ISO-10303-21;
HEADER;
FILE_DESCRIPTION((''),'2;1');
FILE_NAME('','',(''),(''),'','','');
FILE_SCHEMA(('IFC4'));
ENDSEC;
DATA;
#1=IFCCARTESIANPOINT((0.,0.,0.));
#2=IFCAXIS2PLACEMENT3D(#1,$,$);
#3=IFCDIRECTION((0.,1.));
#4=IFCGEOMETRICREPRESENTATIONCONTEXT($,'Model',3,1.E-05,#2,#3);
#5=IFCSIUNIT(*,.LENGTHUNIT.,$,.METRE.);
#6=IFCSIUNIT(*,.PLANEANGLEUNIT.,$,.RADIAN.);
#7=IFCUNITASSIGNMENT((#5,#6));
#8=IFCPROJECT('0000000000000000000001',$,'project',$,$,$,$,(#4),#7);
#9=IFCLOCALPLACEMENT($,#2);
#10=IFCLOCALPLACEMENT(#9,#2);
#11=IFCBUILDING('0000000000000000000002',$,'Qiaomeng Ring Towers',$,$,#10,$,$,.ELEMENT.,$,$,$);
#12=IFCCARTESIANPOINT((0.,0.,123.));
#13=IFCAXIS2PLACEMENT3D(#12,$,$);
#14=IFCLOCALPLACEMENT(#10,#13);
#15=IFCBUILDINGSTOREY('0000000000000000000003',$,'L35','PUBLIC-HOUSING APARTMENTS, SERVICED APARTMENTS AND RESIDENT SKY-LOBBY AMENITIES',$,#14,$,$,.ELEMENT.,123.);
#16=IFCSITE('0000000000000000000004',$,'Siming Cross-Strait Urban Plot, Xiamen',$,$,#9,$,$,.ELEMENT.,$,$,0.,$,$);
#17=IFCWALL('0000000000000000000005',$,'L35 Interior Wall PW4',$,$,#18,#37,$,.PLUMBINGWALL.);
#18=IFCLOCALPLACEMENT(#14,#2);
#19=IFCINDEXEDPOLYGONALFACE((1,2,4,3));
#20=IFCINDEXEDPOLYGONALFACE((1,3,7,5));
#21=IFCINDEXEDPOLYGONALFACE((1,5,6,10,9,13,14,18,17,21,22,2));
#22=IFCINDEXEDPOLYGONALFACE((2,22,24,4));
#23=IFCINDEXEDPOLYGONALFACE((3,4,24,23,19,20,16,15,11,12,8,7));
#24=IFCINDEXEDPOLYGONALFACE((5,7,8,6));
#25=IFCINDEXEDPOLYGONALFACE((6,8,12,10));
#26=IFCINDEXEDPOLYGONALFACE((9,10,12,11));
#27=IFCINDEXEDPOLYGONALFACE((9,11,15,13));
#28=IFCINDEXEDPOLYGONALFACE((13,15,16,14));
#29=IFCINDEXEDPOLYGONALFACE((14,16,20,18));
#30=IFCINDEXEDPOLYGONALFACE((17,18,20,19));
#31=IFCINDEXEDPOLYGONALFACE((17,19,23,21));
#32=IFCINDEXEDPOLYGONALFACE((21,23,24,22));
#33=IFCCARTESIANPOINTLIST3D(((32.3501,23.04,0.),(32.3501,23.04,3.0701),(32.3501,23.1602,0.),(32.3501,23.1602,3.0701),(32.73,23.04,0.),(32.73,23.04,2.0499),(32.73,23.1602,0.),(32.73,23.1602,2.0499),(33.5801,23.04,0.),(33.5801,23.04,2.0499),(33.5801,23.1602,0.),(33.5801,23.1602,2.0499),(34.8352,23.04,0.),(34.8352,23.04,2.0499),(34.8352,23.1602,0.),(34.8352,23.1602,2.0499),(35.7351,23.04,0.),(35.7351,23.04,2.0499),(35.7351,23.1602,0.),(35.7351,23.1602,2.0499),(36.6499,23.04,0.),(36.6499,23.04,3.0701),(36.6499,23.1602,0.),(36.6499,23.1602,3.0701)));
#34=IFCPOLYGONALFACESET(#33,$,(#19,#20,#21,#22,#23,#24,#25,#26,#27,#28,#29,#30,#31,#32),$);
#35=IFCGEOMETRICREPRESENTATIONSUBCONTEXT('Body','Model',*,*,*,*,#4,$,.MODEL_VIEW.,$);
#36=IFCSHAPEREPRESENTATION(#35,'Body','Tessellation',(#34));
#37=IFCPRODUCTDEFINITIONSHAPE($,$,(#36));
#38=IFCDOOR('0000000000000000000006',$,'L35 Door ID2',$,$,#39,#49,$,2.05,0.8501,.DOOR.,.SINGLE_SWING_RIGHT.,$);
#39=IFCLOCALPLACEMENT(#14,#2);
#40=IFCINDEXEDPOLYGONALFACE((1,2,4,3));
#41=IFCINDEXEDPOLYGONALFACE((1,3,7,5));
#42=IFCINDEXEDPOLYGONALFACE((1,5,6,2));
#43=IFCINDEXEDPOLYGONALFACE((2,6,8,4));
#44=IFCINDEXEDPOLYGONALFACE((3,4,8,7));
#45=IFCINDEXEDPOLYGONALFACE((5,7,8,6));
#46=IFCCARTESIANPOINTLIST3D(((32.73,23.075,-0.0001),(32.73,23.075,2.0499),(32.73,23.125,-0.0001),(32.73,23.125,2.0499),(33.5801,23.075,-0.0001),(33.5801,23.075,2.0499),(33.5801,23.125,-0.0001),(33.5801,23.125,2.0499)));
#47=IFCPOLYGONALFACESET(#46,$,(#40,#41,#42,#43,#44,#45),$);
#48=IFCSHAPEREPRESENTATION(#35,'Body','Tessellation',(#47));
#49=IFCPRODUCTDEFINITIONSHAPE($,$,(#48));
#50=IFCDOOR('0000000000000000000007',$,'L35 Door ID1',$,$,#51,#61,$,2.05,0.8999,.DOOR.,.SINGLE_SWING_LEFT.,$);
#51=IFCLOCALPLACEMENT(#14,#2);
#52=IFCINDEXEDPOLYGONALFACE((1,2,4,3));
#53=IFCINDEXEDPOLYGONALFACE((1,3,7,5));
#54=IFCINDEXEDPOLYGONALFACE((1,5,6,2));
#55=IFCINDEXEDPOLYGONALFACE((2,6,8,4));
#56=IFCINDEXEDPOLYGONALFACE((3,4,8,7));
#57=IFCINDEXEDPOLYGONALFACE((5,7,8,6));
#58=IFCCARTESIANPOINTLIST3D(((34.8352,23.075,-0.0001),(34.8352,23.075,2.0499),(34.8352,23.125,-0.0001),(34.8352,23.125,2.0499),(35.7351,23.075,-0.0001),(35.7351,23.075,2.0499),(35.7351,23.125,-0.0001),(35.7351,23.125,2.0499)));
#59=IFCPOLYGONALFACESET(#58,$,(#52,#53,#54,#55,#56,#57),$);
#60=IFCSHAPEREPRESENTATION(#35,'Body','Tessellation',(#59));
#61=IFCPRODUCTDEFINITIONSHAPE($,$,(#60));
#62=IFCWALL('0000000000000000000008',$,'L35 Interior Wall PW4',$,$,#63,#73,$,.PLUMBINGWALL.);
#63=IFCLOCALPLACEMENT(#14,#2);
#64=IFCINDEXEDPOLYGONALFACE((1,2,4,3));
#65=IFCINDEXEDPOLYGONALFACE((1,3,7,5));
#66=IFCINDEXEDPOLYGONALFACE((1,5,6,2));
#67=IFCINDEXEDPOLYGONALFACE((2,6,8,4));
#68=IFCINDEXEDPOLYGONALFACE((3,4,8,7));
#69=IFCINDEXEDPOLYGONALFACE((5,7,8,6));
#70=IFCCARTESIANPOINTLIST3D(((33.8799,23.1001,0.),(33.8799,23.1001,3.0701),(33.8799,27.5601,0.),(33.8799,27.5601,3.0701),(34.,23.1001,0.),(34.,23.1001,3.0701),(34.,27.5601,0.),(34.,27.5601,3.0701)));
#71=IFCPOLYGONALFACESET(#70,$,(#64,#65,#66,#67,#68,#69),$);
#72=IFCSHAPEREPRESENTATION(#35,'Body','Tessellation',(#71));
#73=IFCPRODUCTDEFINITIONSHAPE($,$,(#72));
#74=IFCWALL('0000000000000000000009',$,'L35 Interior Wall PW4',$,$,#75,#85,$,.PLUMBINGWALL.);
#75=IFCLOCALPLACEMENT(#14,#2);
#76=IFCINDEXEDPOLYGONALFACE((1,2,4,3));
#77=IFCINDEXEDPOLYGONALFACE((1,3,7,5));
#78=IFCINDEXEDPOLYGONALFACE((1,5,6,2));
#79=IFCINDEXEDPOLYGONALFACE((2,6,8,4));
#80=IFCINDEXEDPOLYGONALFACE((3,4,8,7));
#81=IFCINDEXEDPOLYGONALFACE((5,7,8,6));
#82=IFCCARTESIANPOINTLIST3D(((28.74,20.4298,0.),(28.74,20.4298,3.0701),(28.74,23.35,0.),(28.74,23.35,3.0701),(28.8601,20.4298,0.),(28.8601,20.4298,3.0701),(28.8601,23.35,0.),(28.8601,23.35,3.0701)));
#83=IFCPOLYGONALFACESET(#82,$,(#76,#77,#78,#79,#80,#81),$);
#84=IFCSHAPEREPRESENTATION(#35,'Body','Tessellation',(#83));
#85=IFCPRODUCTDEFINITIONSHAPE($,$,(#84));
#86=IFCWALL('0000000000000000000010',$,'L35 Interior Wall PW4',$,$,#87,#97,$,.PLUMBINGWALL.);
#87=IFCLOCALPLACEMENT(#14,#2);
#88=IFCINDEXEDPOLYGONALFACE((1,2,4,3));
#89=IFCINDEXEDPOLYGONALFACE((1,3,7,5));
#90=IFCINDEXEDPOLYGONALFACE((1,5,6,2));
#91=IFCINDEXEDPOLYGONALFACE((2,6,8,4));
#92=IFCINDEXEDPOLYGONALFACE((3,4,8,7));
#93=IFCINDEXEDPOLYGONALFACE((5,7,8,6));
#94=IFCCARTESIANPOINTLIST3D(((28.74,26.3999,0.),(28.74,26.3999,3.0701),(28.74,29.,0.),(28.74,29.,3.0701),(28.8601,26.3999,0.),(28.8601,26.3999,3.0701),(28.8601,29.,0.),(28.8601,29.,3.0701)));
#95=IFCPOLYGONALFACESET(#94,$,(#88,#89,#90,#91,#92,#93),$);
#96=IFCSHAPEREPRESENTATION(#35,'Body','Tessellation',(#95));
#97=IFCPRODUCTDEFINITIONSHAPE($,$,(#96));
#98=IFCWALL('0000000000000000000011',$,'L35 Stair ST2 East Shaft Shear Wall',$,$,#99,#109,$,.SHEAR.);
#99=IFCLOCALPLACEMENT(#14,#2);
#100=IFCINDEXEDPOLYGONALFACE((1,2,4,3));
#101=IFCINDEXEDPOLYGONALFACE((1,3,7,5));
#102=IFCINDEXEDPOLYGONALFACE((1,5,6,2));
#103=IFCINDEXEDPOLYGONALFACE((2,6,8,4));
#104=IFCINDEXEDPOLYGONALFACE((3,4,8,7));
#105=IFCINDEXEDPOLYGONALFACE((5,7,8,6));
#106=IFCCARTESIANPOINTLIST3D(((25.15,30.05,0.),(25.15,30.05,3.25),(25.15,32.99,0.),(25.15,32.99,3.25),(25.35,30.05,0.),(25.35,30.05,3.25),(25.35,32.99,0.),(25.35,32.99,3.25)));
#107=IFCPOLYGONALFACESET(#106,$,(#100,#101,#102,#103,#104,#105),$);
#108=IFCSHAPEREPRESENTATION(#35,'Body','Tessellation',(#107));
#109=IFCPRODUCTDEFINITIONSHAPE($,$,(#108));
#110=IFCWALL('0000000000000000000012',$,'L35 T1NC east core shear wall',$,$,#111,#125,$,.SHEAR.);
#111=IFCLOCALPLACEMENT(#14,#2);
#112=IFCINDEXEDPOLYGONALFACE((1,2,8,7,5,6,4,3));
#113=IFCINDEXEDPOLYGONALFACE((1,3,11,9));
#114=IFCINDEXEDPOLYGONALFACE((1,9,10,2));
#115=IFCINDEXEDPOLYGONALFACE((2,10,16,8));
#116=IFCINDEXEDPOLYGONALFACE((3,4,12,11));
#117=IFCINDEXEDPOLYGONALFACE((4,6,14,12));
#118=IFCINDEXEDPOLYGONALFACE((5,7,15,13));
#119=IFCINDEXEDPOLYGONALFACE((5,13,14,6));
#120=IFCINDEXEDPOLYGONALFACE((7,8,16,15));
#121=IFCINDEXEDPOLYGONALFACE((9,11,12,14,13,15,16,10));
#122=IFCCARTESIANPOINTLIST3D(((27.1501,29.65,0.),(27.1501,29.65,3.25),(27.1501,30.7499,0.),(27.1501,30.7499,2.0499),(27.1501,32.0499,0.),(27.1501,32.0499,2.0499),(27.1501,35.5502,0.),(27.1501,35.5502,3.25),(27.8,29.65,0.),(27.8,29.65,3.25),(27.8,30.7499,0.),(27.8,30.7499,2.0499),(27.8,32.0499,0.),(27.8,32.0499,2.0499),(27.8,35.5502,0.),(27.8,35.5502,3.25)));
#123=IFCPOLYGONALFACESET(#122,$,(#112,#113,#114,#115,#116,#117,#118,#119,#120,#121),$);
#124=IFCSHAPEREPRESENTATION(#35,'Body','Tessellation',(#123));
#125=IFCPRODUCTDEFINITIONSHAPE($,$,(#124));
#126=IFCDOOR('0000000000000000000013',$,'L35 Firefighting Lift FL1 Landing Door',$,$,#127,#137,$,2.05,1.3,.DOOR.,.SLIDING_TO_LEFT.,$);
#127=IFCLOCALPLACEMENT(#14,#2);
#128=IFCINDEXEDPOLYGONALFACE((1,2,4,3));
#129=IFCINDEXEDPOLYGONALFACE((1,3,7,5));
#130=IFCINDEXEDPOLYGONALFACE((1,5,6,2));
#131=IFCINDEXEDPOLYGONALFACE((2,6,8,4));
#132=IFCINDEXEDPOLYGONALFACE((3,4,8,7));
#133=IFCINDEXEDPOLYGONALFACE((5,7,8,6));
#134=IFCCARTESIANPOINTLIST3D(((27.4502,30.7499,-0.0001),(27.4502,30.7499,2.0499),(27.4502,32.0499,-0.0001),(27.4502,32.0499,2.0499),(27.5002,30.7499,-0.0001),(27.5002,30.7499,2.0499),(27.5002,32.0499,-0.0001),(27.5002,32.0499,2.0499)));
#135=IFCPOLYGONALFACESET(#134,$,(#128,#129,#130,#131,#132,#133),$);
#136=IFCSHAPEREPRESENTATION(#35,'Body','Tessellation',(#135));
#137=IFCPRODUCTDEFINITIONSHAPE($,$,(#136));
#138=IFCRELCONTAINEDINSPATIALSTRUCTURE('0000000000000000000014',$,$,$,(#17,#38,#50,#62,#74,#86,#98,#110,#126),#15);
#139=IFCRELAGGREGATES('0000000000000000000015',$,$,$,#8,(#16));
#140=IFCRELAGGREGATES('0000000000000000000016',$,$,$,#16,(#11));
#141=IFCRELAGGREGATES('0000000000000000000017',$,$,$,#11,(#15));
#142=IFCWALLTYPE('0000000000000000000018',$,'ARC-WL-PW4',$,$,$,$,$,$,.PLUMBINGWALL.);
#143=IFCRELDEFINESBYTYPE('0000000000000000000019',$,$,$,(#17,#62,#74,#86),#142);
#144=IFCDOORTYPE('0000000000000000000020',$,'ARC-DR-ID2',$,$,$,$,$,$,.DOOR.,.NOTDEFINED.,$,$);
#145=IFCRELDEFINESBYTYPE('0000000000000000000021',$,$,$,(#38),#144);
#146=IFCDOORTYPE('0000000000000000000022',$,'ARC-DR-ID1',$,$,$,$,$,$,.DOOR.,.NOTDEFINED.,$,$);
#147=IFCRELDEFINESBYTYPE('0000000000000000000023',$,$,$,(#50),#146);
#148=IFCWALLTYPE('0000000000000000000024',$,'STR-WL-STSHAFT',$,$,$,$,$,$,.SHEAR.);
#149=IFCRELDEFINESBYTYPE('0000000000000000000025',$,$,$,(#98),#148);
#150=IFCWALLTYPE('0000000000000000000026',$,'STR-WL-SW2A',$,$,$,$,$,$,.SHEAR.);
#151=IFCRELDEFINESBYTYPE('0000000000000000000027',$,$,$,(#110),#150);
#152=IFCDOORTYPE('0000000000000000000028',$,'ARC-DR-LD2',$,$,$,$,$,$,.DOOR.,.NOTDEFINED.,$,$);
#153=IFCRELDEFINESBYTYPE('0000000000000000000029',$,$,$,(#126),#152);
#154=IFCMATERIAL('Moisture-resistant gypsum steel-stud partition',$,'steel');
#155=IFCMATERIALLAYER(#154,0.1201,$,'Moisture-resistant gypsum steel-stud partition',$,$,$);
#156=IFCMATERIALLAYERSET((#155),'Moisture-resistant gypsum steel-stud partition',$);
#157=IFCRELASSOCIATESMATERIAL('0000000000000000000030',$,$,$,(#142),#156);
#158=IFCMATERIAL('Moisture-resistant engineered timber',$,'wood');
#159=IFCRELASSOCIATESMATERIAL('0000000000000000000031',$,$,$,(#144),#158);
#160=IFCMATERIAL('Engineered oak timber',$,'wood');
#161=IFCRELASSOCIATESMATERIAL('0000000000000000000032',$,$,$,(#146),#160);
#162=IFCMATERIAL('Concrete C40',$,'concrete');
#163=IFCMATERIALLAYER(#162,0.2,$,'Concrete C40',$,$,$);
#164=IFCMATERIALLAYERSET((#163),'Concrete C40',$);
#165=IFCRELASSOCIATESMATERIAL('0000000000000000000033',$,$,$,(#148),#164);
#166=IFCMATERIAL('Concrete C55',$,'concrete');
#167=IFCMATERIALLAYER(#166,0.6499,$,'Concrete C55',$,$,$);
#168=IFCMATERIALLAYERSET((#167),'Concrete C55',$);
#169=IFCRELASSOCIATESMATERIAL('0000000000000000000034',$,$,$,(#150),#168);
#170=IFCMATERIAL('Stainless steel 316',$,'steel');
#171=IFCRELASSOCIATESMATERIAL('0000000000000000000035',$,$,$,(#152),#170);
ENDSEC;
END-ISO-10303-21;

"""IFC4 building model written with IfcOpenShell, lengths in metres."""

from ifc_helpers import new_model, si_unit, direction, frame, frame_2d, origin, place, context, subcontext, project, spatial, rectangle, extrude, source, transform, mapped, material, layer, layer_set, type_object, element, fill, save


model = new_model("IFC4")

# Units and contexts
model_context = context("Model", 3, precision=1e-05, world=origin(), true_north=direction((0.0, 1.0)))
body_context = subcontext(model_context, "Body", "Model", "MODEL_VIEW")
ifc_project = project(units=[si_unit("LENGTHUNIT", "METRE"), si_unit("PLANEANGLEUNIT", "RADIAN")], contexts=[model_context])

# Site, building, storey
site_placement = place(None, origin())
site = spatial("IfcSite", under=ifc_project, at=site_placement, Name="Siming Cross-Strait Urban Plot, Xiamen", CompositionType="ELEMENT", RefElevation=0.0)
building_placement = place(site_placement, origin())
building = spatial("IfcBuilding", under=site, at=building_placement, Name="Qiaomeng Ring Towers", CompositionType="ELEMENT")
storey_placement = place(building_placement, frame((0.0, 0.0, 123.0)))
storey = spatial("IfcBuildingStorey", under=building, at=storey_placement, Name="L35", Description="PUBLIC-HOUSING APARTMENTS, SERVICED APARTMENTS AND RESIDENT SKY-LOBBY AMENITIES", CompositionType="ELEMENT", Elevation=123.0)

# Shared definitions
ifc_material_1 = material(Name="Concrete C55", Category="concrete")

# Shared definitions
ifc_material_2 = material(Name="Stainless steel 316", Category="steel")

# Wall, openings, doors
ifc_material_3 = material(Name="Moisture-resistant gypsum steel-stud partition", Category="steel")
ifc_layer_1 = layer(ifc_material_3, 0.1201, Name="Moisture-resistant gypsum steel-stud partition")
ifc_layer_set_1 = layer_set([ifc_layer_1], Name="Moisture-resistant gypsum steel-stud partition")
wall_type_1 = type_object("IfcWallType", Name="ARC-WL-PW4", PredefinedType="PLUMBINGWALL", material=ifc_layer_set_1)
wall_1_placement = place(storey_placement, frame((32.3501, 23.1001, 0.0), z_axis=(0.0, 0.0, 1.0), x_axis=(1.0, 0.0, 0.0)))
wall_1 = element("IfcWall", 1, at=wall_1_placement, inside=storey, type_object=wall_type_1, Name="L35 Interior Wall PW4", PredefinedType="PLUMBINGWALL", context=body_context, shape_type="SweptSolid", body=[
    extrude(rectangle(XDim=4.2998, YDim=0.1201, at=frame_2d((2.1499, 0.0))), origin(), (0.0, 0.0, 1.0), 3.0701),
])
opening_1_placement = place(wall_1_placement, frame((0.3799, 0.0, 0.0)))
opening_1 = element("IfcOpeningElement", 2, at=opening_1_placement, cuts=wall_1, PredefinedType="OPENING", context=body_context, shape_type="SweptSolid", body=[
    extrude(rectangle(XDim=0.8501, YDim=2.05, at=frame_2d((0.425, 1.0249))), frame((0.0, 0.0701, 0.0), z_axis=(0.0, -1.0, 0.0), x_axis=(1.0, 0.0, 0.0)), (0.0, 0.0, 1.0), 0.1401),
])
opening_2_placement = place(wall_1_placement, frame((2.4851, 0.0, 0.0)))
opening_2 = element("IfcOpeningElement", 3, at=opening_2_placement, cuts=wall_1, PredefinedType="OPENING", context=body_context, shape_type="SweptSolid", body=[
    extrude(rectangle(XDim=0.8999, YDim=2.05, at=frame_2d((0.45, 1.0249))), frame((0.0, 0.0701, 0.0), z_axis=(0.0, -1.0, 0.0), x_axis=(1.0, 0.0, 0.0)), (0.0, 0.0, 1.0), 0.1401),
])
ifc_material_4 = material(Name="Moisture-resistant engineered timber", Category="wood")
door_type_1 = type_object("IfcDoorType", Name="ARC-DR-ID2", OperationType="NOTDEFINED", PredefinedType="DOOR", material=ifc_material_4)
shared_shape_1 = source(origin(), body_context, "Body", "SweptSolid", [
    extrude(rectangle(XDim=0.8501, YDim=2.05, at=frame_2d((0.425, 1.0249))), frame((0.0, 0.0249, 0.0), z_axis=(0.0, -1.0, 0.0), x_axis=(1.0, 0.0, 0.0)), (0.0, 0.0, 1.0), 0.05),
])
door_1_placement = place(opening_1_placement, origin())
door_1 = element("IfcDoor", 4, at=door_1_placement, inside=storey, type_object=door_type_1, Name="L35 Door ID2", OperationType="SINGLE_SWING_RIGHT", OverallHeight=2.05, OverallWidth=0.8501, PredefinedType="DOOR", context=body_context, shape_type="MappedRepresentation", body=[
    mapped(shared_shape_1, transform((0.0, 0.0, 0.0), x_axis=(1.0, 0.0, 0.0), y_axis=(0.0, 1.0, 0.0), z_axis=(0.0, 0.0, 1.0), scale=1.0)),
])
fill(opening_1, door_1)
ifc_material_5 = material(Name="Engineered oak timber", Category="wood")
door_type_2 = type_object("IfcDoorType", Name="ARC-DR-ID1", OperationType="NOTDEFINED", PredefinedType="DOOR", material=ifc_material_5)
shared_shape_2 = source(origin(), body_context, "Body", "SweptSolid", [
    extrude(rectangle(XDim=0.8999, YDim=2.05, at=frame_2d((0.45, 1.0249))), frame((0.0, 0.0249, 0.0), z_axis=(0.0, -1.0, 0.0), x_axis=(1.0, 0.0, 0.0)), (0.0, 0.0, 1.0), 0.05),
])
door_2_placement = place(opening_2_placement, origin())
door_2 = element("IfcDoor", 5, at=door_2_placement, inside=storey, type_object=door_type_2, Name="L35 Door ID1", OperationType="SINGLE_SWING_LEFT", OverallHeight=2.05, OverallWidth=0.8999, PredefinedType="DOOR", context=body_context, shape_type="MappedRepresentation", body=[
    mapped(shared_shape_2, transform((0.0, 0.0, 0.0), x_axis=(1.0, 0.0, 0.0), y_axis=(0.0, 1.0, 0.0), z_axis=(0.0, 0.0, 1.0), scale=1.0)),
])
fill(opening_2, door_2)

# Walls
wall_2_placement = place(storey_placement, frame((33.9399, 23.1001, 0.0), z_axis=(0.0, 0.0, 1.0), x_axis=(0.0, 1.0, 0.0)))
element("IfcWall", 6, at=wall_2_placement, inside=storey, type_object=wall_type_1, Name="L35 Interior Wall PW4", PredefinedType="PLUMBINGWALL", context=body_context, shape_type="SweptSolid", body=[
    extrude(rectangle(XDim=4.46, YDim=0.1201, at=frame_2d((2.23, 0.0))), origin(), (0.0, 0.0, 1.0), 3.0701),
])
wall_3_placement = place(storey_placement, frame((28.8, 20.4299, 0.0), z_axis=(0.0, 0.0, 1.0), x_axis=(0.0, 1.0, 0.0)))
element("IfcWall", 7, at=wall_3_placement, inside=storey, type_object=wall_type_1, Name="L35 Interior Wall PW4", PredefinedType="PLUMBINGWALL", context=body_context, shape_type="SweptSolid", body=[
    extrude(rectangle(XDim=2.9202, YDim=0.1201, at=frame_2d((1.46, 0.0))), origin(), (0.0, 0.0, 1.0), 3.0701),
])
wall_4_placement = place(storey_placement, frame((28.8, 26.3999, 0.0), z_axis=(0.0, 0.0, 1.0), x_axis=(0.0, 1.0, 0.0)))
element("IfcWall", 8, at=wall_4_placement, inside=storey, type_object=wall_type_1, Name="L35 Interior Wall PW4", PredefinedType="PLUMBINGWALL", context=body_context, shape_type="SweptSolid", body=[
    extrude(rectangle(XDim=2.6001, YDim=0.1201, at=frame_2d((1.3, 0.0))), origin(), (0.0, 0.0, 1.0), 3.0701),
])
ifc_material_6 = material(Name="Concrete C40", Category="concrete")
ifc_layer_2 = layer(ifc_material_6, 0.2, Name="Concrete C40")
ifc_layer_set_2 = layer_set([ifc_layer_2], Name="Concrete C40")
wall_type_2 = type_object("IfcWallType", Name="STR-WL-STSHAFT", PredefinedType="SHEAR", material=ifc_layer_set_2)
wall_5_placement = place(storey_placement, frame((25.25, 30.05, 0.0), z_axis=(0.0, 0.0, 1.0), x_axis=(0.0, 1.0, 0.0)))
element("IfcWall", 9, at=wall_5_placement, inside=storey, type_object=wall_type_2, Name="L35 Stair ST2 East Shaft Shear Wall", PredefinedType="SHEAR", context=body_context, shape_type="SweptSolid", body=[
    extrude(rectangle(XDim=2.9399, YDim=0.2, at=frame_2d((1.47, 0.0))), origin(), (0.0, 0.0, 1.0), 3.25),
])

# Wall, opening, door
ifc_layer_3 = layer(ifc_material_1, 0.6499, Name="Concrete C55")
ifc_layer_set_3 = layer_set([ifc_layer_3], Name="Concrete C55")
wall_type_3 = type_object("IfcWallType", Name="STR-WL-SW2A", PredefinedType="SHEAR", material=ifc_layer_set_3)
wall_6_placement = place(storey_placement, frame((27.4751, 29.6499, 0.0), z_axis=(0.0, 0.0, 1.0), x_axis=(0.0, 1.0, 0.0)))
wall_6 = element("IfcWall", 10, at=wall_6_placement, inside=storey, type_object=wall_type_3, Name="L35 T1NC east core shear wall", PredefinedType="SHEAR", context=body_context, shape_type="SweptSolid", body=[
    extrude(rectangle(XDim=5.9001, YDim=0.6499, at=frame_2d((2.9502, 0.0))), origin(), (0.0, 0.0, 1.0), 3.25),
])
opening_3_placement = place(wall_6_placement, frame((1.1001, 0.0, 0.0)))
opening_3 = element("IfcOpeningElement", 11, at=opening_3_placement, cuts=wall_6, PredefinedType="OPENING", context=body_context, shape_type="SweptSolid", body=[
    extrude(rectangle(XDim=1.3, YDim=2.05, at=frame_2d((0.6499, 1.0249))), frame((0.0, 0.335, 0.0), z_axis=(0.0, -1.0, 0.0), x_axis=(1.0, 0.0, 0.0)), (0.0, 0.0, 1.0), 0.6699),
])
door_type_3 = type_object("IfcDoorType", Name="ARC-DR-LD2", OperationType="NOTDEFINED", PredefinedType="DOOR", material=ifc_material_2)
shared_shape_3 = source(origin(), body_context, "Body", "SweptSolid", [
    extrude(rectangle(XDim=1.3, YDim=2.05, at=frame_2d((0.6499, 1.0249))), frame((0.0, 0.0249, 0.0), z_axis=(0.0, -1.0, 0.0), x_axis=(1.0, 0.0, 0.0)), (0.0, 0.0, 1.0), 0.05),
])
door_3_placement = place(opening_3_placement, origin())
door_3 = element("IfcDoor", 12, at=door_3_placement, inside=storey, type_object=door_type_3, Name="L35 Firefighting Lift FL1 Landing Door", OperationType="SLIDING_TO_LEFT", OverallHeight=2.05, OverallWidth=1.3, PredefinedType="DOOR", context=body_context, shape_type="MappedRepresentation", body=[
    mapped(shared_shape_3, transform((0.0, 0.0, 0.0), x_axis=(1.0, 0.0, 0.0), y_axis=(0.0, 1.0, 0.0), z_axis=(0.0, 0.0, 1.0), scale=1.0)),
])
fill(opening_3, door_3)

save(model, "model.ifc")
